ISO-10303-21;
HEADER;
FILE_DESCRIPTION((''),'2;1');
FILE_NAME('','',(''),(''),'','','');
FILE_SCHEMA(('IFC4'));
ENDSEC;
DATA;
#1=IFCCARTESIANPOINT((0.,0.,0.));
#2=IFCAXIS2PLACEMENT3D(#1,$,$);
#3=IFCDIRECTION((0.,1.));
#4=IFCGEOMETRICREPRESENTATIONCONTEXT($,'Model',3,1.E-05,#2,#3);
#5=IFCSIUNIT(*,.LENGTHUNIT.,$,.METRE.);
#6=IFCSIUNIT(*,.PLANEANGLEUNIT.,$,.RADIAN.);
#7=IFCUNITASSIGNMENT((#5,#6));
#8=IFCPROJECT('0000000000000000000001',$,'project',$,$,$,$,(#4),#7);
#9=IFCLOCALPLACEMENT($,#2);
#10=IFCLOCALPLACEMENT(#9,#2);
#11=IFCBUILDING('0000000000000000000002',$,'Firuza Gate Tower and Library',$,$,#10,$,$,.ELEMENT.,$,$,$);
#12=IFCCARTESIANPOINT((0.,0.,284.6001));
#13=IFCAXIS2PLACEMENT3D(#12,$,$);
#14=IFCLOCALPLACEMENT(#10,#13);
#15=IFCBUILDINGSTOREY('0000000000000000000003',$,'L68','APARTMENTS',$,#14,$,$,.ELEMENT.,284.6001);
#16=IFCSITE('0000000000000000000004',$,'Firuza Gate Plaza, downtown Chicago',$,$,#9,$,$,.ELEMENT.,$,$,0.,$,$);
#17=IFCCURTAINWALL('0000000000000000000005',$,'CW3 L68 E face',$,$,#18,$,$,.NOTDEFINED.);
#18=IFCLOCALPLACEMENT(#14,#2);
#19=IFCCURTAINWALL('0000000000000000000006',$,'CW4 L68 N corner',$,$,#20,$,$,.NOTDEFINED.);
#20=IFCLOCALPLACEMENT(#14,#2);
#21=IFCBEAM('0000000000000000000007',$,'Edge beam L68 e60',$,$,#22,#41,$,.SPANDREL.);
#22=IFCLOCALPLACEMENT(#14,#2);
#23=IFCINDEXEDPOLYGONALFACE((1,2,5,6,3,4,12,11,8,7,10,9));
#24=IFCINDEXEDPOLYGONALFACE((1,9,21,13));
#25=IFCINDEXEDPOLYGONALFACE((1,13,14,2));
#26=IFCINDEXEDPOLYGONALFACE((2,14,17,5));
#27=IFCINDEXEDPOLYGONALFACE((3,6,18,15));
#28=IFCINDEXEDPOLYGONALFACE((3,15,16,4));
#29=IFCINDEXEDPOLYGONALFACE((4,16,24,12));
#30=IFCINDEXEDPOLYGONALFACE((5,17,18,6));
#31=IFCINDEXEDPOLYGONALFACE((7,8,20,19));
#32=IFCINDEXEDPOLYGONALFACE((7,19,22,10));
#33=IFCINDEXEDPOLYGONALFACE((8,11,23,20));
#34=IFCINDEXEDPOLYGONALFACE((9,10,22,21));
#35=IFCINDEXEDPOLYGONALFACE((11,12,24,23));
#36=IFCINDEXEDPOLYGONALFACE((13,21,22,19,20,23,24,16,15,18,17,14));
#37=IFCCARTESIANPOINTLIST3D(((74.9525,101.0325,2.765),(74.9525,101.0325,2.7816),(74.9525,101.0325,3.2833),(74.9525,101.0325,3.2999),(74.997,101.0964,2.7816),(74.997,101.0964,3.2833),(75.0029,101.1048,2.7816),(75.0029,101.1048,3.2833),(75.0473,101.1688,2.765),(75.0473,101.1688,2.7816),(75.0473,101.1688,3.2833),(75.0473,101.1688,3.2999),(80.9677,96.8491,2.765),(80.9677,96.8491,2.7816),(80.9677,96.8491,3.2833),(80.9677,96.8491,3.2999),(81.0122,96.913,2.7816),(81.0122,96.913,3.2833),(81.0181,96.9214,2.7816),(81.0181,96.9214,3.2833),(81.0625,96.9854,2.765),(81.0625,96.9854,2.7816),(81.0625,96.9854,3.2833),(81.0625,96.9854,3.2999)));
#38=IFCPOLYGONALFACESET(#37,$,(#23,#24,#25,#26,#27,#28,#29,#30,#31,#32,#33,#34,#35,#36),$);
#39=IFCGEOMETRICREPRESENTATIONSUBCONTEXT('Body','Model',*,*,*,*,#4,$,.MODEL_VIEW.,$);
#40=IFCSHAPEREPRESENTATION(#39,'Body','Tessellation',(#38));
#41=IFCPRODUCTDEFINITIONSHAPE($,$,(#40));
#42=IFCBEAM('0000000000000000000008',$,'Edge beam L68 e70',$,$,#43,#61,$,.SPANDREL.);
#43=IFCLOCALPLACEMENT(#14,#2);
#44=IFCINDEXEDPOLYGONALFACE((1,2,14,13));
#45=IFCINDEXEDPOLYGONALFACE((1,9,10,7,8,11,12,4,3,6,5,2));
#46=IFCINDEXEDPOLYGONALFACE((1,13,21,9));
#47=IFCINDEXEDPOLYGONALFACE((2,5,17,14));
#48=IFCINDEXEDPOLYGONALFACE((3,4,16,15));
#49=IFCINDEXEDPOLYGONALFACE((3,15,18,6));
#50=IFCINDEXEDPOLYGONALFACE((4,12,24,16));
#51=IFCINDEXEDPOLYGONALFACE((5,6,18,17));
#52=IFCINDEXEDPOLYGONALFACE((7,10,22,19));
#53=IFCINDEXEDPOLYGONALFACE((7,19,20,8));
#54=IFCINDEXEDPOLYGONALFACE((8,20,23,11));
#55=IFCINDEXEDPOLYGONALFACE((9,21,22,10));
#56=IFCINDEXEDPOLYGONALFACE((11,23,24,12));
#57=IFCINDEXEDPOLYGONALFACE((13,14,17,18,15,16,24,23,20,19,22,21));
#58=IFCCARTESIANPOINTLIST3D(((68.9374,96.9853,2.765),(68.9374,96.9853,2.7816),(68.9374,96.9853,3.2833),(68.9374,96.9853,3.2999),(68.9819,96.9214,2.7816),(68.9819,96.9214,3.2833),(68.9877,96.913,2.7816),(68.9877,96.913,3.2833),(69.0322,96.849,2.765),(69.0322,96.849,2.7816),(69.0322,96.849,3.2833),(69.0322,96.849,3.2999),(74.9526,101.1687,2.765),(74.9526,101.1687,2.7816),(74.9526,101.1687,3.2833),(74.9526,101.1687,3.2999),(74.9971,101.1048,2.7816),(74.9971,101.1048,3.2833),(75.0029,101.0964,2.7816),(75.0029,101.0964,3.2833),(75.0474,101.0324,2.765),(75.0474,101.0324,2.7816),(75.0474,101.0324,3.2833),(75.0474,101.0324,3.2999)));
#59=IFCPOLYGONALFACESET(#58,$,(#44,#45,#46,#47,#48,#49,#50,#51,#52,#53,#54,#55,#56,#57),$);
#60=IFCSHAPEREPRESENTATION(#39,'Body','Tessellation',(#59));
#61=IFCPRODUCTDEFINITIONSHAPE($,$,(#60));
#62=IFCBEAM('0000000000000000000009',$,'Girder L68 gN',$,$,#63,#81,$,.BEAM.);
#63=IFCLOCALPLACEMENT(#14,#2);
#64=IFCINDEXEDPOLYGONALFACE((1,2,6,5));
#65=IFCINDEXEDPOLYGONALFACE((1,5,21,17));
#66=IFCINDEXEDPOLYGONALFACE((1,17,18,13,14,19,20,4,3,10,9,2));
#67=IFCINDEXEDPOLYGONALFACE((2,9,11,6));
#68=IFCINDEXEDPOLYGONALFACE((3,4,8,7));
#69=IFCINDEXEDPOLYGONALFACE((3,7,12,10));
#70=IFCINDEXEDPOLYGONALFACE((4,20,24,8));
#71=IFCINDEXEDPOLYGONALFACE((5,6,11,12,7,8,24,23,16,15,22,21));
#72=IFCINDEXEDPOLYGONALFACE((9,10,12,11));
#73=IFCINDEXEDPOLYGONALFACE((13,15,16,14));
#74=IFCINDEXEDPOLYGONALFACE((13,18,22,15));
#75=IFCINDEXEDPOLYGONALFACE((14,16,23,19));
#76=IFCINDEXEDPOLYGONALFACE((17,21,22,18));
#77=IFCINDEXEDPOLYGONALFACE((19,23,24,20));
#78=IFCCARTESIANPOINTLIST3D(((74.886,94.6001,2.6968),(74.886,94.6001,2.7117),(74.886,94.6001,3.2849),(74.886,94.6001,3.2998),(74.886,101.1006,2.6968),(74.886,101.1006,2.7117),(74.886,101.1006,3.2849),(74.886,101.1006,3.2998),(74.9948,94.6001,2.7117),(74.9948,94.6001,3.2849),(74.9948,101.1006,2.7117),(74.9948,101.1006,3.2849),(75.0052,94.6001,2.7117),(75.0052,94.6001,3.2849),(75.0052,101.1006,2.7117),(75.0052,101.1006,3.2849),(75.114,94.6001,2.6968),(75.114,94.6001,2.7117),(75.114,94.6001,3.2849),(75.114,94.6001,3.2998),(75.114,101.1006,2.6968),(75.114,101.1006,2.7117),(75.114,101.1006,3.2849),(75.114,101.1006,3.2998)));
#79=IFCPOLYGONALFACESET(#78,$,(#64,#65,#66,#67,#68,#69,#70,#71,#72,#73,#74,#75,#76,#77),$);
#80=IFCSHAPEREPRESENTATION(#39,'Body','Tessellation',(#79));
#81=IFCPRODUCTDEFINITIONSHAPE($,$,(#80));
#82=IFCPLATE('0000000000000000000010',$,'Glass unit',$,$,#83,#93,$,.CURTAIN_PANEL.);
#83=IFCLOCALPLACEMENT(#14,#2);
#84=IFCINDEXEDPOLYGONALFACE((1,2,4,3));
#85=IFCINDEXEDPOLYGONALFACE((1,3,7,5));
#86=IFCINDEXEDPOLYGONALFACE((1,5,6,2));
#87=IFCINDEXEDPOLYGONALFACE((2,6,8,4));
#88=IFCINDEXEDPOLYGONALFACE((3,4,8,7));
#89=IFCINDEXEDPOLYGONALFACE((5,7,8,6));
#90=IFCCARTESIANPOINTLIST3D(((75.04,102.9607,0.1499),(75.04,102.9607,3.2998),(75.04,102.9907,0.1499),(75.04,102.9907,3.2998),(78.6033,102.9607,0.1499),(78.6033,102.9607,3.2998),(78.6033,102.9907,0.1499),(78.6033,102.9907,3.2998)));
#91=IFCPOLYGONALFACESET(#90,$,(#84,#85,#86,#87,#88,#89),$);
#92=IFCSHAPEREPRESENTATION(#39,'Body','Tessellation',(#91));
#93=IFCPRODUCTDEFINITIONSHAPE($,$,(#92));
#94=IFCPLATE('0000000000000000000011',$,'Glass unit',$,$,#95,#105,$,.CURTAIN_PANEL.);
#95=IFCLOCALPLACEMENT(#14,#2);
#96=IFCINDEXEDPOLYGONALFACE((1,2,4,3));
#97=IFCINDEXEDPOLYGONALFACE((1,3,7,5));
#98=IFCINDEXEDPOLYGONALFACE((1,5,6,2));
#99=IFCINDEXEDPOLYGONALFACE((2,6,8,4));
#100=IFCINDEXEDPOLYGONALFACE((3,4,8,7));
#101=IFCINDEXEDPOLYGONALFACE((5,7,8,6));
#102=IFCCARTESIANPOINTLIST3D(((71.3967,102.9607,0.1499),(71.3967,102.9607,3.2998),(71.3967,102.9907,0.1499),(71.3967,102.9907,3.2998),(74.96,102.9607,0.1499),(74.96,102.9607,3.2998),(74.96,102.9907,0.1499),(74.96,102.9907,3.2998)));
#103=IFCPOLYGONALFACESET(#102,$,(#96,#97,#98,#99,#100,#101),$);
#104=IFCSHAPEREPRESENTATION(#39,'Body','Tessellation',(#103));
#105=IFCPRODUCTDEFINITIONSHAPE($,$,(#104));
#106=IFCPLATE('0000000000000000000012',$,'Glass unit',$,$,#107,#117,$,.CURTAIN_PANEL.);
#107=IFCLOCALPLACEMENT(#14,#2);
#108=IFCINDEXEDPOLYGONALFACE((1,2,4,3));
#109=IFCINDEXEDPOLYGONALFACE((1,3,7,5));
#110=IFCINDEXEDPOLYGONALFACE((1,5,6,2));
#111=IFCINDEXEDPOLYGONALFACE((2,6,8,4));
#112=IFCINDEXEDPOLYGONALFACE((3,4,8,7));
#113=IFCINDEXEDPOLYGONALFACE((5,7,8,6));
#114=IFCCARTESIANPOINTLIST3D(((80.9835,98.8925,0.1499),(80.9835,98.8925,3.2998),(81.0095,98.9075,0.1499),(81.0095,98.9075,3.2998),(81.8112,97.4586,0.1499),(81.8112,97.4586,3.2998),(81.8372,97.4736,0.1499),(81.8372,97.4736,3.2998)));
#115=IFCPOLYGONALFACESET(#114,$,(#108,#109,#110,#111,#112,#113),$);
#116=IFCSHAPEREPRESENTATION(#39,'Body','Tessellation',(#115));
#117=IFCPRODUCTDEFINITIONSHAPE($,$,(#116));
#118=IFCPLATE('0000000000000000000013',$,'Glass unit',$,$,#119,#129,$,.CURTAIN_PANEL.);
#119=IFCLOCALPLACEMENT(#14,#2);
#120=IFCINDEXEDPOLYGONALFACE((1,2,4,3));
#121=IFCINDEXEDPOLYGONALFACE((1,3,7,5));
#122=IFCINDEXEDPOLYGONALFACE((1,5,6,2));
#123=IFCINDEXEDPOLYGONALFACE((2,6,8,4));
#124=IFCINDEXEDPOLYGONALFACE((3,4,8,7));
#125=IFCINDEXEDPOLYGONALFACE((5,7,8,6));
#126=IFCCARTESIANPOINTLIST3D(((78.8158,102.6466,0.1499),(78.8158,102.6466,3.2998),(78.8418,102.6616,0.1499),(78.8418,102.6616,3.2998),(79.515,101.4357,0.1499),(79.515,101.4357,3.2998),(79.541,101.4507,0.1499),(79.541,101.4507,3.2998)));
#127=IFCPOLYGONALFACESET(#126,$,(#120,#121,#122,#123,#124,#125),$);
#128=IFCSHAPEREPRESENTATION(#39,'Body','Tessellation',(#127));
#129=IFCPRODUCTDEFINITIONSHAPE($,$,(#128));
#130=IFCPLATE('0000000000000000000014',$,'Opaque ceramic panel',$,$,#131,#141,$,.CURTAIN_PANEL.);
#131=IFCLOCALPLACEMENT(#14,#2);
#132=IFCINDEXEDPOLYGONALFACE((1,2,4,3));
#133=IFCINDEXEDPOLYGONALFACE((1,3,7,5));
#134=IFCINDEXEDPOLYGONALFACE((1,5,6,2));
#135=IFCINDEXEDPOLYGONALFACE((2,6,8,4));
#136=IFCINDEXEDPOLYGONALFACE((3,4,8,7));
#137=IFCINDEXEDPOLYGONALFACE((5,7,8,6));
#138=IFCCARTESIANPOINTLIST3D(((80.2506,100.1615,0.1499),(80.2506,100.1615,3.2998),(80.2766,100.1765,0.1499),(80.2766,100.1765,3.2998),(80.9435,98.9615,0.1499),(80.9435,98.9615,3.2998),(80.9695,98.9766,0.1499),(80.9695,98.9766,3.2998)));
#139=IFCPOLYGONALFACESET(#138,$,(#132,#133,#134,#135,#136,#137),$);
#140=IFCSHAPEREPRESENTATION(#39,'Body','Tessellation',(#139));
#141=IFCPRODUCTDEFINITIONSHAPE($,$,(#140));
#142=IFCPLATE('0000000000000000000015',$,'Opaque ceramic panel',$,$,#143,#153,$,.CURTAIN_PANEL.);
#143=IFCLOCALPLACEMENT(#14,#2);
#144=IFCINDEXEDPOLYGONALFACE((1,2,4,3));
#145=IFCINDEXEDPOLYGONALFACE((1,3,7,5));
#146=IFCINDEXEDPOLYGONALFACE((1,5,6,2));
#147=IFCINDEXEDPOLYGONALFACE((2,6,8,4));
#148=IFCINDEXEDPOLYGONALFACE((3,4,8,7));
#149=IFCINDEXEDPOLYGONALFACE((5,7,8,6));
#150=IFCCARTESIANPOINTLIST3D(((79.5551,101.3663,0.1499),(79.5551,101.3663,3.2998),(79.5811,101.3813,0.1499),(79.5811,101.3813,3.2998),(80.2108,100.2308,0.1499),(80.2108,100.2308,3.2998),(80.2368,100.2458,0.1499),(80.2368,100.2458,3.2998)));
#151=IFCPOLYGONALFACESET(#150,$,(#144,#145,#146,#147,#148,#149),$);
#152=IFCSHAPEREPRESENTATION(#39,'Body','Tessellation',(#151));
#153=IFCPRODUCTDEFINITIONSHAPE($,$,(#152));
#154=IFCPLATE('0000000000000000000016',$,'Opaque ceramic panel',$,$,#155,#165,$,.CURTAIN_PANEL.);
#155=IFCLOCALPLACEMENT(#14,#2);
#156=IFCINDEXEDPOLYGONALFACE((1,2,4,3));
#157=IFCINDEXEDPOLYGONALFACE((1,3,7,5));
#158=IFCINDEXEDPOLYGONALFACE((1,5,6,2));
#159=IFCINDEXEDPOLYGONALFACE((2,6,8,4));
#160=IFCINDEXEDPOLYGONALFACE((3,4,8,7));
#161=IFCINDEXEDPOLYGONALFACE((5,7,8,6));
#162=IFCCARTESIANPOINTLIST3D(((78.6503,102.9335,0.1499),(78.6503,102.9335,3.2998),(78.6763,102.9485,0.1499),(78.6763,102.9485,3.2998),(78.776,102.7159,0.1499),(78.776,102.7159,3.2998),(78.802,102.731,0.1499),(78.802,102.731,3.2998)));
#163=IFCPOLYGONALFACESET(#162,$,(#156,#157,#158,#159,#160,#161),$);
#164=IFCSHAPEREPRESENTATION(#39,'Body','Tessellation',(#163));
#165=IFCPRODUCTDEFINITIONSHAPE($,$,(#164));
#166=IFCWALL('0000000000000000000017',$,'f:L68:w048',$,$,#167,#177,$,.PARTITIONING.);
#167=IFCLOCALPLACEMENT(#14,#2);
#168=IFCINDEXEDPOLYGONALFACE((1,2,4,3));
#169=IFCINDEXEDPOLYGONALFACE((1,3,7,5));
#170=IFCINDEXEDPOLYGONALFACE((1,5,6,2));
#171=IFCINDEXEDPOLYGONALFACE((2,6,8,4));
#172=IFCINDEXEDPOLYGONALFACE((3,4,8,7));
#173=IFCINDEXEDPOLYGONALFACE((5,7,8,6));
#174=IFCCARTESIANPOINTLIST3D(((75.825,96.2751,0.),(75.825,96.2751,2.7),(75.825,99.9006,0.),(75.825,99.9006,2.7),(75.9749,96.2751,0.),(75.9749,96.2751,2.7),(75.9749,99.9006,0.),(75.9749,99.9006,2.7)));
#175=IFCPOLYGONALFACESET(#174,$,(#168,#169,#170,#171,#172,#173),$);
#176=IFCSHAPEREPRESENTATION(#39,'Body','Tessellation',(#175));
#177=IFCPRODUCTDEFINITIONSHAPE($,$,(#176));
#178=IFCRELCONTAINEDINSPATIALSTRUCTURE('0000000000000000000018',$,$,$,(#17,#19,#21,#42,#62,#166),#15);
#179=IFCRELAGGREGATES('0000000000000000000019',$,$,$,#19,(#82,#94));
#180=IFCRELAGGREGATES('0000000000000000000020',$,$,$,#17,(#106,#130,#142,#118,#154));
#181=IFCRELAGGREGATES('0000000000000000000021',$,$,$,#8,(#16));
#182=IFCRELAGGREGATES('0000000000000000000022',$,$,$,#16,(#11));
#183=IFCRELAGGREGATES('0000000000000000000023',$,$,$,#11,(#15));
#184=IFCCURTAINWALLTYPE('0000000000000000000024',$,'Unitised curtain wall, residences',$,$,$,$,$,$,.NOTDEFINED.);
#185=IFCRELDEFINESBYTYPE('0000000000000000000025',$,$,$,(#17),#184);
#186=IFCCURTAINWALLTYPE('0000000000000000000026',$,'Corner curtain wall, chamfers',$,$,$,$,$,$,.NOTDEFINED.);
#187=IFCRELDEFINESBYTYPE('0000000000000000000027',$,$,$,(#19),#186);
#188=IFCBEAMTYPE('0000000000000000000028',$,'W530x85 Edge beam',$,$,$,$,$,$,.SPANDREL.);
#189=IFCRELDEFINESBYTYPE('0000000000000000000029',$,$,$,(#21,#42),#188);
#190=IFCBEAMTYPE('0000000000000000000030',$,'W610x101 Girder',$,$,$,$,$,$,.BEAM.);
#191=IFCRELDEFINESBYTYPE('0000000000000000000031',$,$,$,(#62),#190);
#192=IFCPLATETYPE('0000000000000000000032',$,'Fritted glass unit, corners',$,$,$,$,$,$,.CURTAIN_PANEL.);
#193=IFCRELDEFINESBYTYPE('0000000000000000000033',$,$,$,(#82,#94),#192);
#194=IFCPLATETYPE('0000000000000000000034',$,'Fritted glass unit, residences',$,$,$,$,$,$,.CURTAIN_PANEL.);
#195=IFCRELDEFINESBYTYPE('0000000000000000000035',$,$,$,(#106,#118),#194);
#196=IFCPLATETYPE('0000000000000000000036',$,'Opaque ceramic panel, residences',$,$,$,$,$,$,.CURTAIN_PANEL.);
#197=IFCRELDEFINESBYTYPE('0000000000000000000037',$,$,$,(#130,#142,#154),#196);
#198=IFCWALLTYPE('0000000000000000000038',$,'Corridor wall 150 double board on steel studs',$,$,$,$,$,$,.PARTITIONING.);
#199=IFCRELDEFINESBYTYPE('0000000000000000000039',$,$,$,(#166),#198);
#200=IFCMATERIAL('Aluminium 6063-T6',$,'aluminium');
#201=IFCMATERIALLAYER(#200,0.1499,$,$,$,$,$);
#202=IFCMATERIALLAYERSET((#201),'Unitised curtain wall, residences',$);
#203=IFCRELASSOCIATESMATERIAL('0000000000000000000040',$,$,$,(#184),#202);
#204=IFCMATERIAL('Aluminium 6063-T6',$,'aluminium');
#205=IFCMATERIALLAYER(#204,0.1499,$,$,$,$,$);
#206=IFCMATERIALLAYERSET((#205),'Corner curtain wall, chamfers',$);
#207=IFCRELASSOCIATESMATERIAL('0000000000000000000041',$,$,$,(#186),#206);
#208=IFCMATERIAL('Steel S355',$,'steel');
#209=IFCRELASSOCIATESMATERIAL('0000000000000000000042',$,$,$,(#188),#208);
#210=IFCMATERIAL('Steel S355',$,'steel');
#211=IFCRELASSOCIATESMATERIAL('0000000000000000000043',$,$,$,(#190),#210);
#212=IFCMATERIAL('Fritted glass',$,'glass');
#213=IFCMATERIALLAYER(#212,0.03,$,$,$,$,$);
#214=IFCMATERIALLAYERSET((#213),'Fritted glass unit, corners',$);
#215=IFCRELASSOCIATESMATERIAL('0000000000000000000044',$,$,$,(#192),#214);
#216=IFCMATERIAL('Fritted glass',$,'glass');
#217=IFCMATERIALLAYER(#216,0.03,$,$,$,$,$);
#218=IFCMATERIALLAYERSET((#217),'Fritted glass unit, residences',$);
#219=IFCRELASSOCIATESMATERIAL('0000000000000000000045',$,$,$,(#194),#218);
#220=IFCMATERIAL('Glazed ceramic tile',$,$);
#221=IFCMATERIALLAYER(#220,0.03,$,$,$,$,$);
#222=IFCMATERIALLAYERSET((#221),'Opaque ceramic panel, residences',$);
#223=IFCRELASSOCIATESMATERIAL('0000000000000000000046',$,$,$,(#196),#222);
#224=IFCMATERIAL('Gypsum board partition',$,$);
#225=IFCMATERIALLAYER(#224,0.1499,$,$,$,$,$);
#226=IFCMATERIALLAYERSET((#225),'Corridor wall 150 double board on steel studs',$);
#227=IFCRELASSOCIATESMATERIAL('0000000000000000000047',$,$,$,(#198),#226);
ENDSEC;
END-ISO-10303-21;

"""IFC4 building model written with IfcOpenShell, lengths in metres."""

from ifc_helpers import new_model, si_unit, direction, frame, frame_2d, origin, origin_2d, place, context, subcontext, project, spatial, polyline, rectangle, i_section, outline, extrude, material, layer, layer_set, material_profile, profile_set, type_object, element, aggregate, save


model = new_model("IFC4")

# Units and contexts
model_context = context("Model", 3, precision=1e-05, world=origin(), true_north=direction((0.0, 1.0)))
body_context = subcontext(model_context, "Body", "Model", "MODEL_VIEW")
ifc_project = project(units=[si_unit("LENGTHUNIT", "METRE"), si_unit("PLANEANGLEUNIT", "RADIAN")], contexts=[model_context])

# Site, building, storey
site_placement = place(None, origin())
site = spatial("IfcSite", under=ifc_project, at=site_placement, Name="Firuza Gate Plaza, downtown Chicago", CompositionType="ELEMENT", RefElevation=0.0)
building_placement = place(site_placement, origin())
building = spatial("IfcBuilding", under=site, at=building_placement, Name="Firuza Gate Tower and Library", CompositionType="ELEMENT")
storey_placement = place(building_placement, frame((0.0, 0.0, 284.6001)))
storey = spatial("IfcBuildingStorey", under=building, at=storey_placement, Name="L68", Description="APARTMENTS", CompositionType="ELEMENT", Elevation=284.6001)

# Curtain walls
ifc_material_1 = material(Name="Aluminium 6063-T6", Category="aluminium")
ifc_layer_1 = layer(ifc_material_1, 0.1499)
ifc_layer_set_1 = layer_set([ifc_layer_1], Name="Unitised curtain wall, residences")
curtain_wall_type_1 = type_object("IfcCurtainWallType", Name="Unitised curtain wall, residences", PredefinedType="NOTDEFINED", material=ifc_layer_set_1)
placement = place(storey_placement, origin())
curtain_wall_1 = element("IfcCurtainWall", 1, at=placement, inside=storey, type_object=curtain_wall_type_1, Name="CW3 L68 E face", PredefinedType="NOTDEFINED")
ifc_material_2 = material(Name="Aluminium 6063-T6", Category="aluminium")
ifc_layer_2 = layer(ifc_material_2, 0.1499)
ifc_layer_set_2 = layer_set([ifc_layer_2], Name="Corner curtain wall, chamfers")
curtain_wall_type_2 = type_object("IfcCurtainWallType", Name="Corner curtain wall, chamfers", PredefinedType="NOTDEFINED", material=ifc_layer_set_2)
curtain_wall_2 = element("IfcCurtainWall", 2, at=placement, inside=storey, type_object=curtain_wall_type_2, Name="CW4 L68 N corner", PredefinedType="NOTDEFINED")

# Beams
ifc_material_3 = material(Name="Steel S355", Category="steel")
ifc_material_profile_1 = material_profile(ifc_material_3, i_section(OverallWidth=0.166, OverallDepth=0.5349, WebThickness=0.0103, FlangeThickness=0.0166, at=origin_2d()))
ifc_profile_set_1 = profile_set([ifc_material_profile_1], Name="Steel S355")
beam_type_1 = type_object("IfcBeamType", Name="W530x85 Edge beam", PredefinedType="SPANDREL", material=ifc_profile_set_1)
for number, where, z_axis, x_axis, name in (
    (3, (81.0151, 96.9172, 3.0325), (-0.820975, 0.570964, 0.0), (-0.570964, -0.820975, 0.0), "Edge beam L68 e60"),
    (4, (75.0, 101.1006, 3.0325), (-0.820975, -0.570964, 0.0), (0.570964, -0.820975, 0.0), "Edge beam L68 e70"),
):
    element("IfcBeam", number, at=place(storey_placement, frame(where, z_axis=z_axis, x_axis=x_axis)), inside=storey, type_object=beam_type_1, Name=name, PredefinedType="SPANDREL", context=body_context, shape_type="SweptSolid", body=[
        extrude(i_section(OverallWidth=0.166, OverallDepth=0.5349, WebThickness=0.0103, FlangeThickness=0.0166, at=origin_2d()), origin(), (0.0, 0.0, 1.0), 7.3269),
    ])
ifc_material_4 = material(Name="Steel S355", Category="steel")
ifc_material_profile_2 = material_profile(ifc_material_4, i_section(OverallWidth=0.228, OverallDepth=0.603, WebThickness=0.0105, FlangeThickness=0.0149, at=origin_2d()))
ifc_profile_set_2 = profile_set([ifc_material_profile_2], Name="Steel S355")
beam_type_2 = type_object("IfcBeamType", Name="W610x101 Girder", PredefinedType="BEAM", material=ifc_profile_set_2)
beam_1_placement = place(storey_placement, frame((75.0, 101.1006, 2.9983), z_axis=(0.0, -1.0, 0.0), x_axis=(1.0, 0.0, 0.0)))
element("IfcBeam", 5, at=beam_1_placement, inside=storey, type_object=beam_type_2, Name="Girder L68 gN", PredefinedType="BEAM", context=body_context, shape_type="SweptSolid", body=[
    extrude(i_section(OverallWidth=0.228, OverallDepth=0.603, WebThickness=0.0105, FlangeThickness=0.0149, at=origin_2d()), origin(), (0.0, 0.0, 1.0), 6.5005),
])

# Plates
ifc_material_5 = material(Name="Fritted glass", Category="glass")
ifc_layer_3 = layer(ifc_material_5, 0.03)
ifc_layer_set_3 = layer_set([ifc_layer_3], Name="Fritted glass unit, corners")
plate_type_1 = type_object("IfcPlateType", Name="Fritted glass unit, corners", PredefinedType="CURTAIN_PANEL", material=ifc_layer_set_3)
plate_1_placement = place(storey_placement, frame((78.6033, 102.9907, 0.1499), z_axis=(0.0, 1.0, 0.0), x_axis=(-1.0, 0.0, 0.0)))
plate_1 = element("IfcPlate", 6, at=plate_1_placement, type_object=plate_type_1, Name="Glass unit", PredefinedType="CURTAIN_PANEL", context=body_context, shape_type="SweptSolid", body=[
    extrude(outline(polyline([(0.0, 0.0), (3.5632, 0.0), (3.5632, 3.1499), (0.0, 3.1499), (0.0, 0.0)])), origin(), (0.0, 0.0, -1.0), 0.03),
])
plate_2_placement = place(storey_placement, frame((74.96, 102.9907, 0.1499), z_axis=(0.0, 1.0, 0.0), x_axis=(-1.0, 0.0, 0.0)))
plate_2 = element("IfcPlate", 7, at=plate_2_placement, type_object=plate_type_1, Name="Glass unit", PredefinedType="CURTAIN_PANEL", context=body_context, shape_type="SweptSolid", body=[
    extrude(outline(polyline([(0.0, 0.0), (3.5632, 0.0), (3.5632, 3.1499), (0.0, 3.1499), (0.0, 0.0)])), origin(), (0.0, 0.0, -1.0), 0.03),
])
aggregate(curtain_wall_2, [plate_1, plate_2])
ifc_material_6 = material(Name="Fritted glass", Category="glass")
ifc_layer_4 = layer(ifc_material_6, 0.03)
ifc_layer_set_4 = layer_set([ifc_layer_4], Name="Fritted glass unit, residences")
plate_type_2 = type_object("IfcPlateType", Name="Fritted glass unit, residences", PredefinedType="CURTAIN_PANEL", material=ifc_layer_set_4)
plate_3_placement = place(storey_placement, frame((81.8372, 97.4736, 0.1499), z_axis=(0.866075, 0.499914, 0.0), x_axis=(-0.499914, 0.866075, 0.0)))
plate_3 = element("IfcPlate", 8, at=plate_3_placement, type_object=plate_type_2, Name="Glass unit", PredefinedType="CURTAIN_PANEL", context=body_context, shape_type="SweptSolid", body=[
    extrude(outline(polyline([(0.0, 0.0), (1.6556, 0.0), (1.6556, 3.1499), (0.0, 3.1499), (0.0, 0.0)])), origin(), (0.0, 0.0, -1.0), 0.03),
])
plate_4_placement = place(storey_placement, frame((79.541, 101.4507, 0.1499), z_axis=(0.865999, 0.500045, 0.0), x_axis=(-0.500045, 0.865999, 0.0)))
plate_4 = element("IfcPlate", 9, at=plate_4_placement, type_object=plate_type_2, Name="Glass unit", PredefinedType="CURTAIN_PANEL", context=body_context, shape_type="SweptSolid", body=[
    extrude(outline(polyline([(0.0, 0.0), (1.3983, 0.0), (1.3983, 3.1499), (0.0, 3.1499), (0.0, 0.0)])), origin(), (0.0, 0.0, -1.0), 0.03),
])
ifc_material_7 = material(Name="Glazed ceramic tile")
ifc_layer_5 = layer(ifc_material_7, 0.03)
ifc_layer_set_5 = layer_set([ifc_layer_5], Name="Opaque ceramic panel, residences")
plate_type_3 = type_object("IfcPlateType", Name="Opaque ceramic panel, residences", PredefinedType="CURTAIN_PANEL", material=ifc_layer_set_5)
plate_5_placement = place(storey_placement, frame((80.9695, 98.9766, 0.1499), z_axis=(0.866001, 0.500043, 0.0), x_axis=(-0.500043, 0.866001, 0.0)))
plate_5 = element("IfcPlate", 10, at=plate_5_placement, type_object=plate_type_3, Name="Opaque ceramic panel", PredefinedType="CURTAIN_PANEL", context=body_context, shape_type="SweptSolid", body=[
    extrude(outline(polyline([(0.0, 0.0), (1.3856, 0.0), (1.3856, 3.1499), (0.0, 3.1499), (0.0, 0.0)])), origin(), (0.0, 0.0, -1.0), 0.03),
])
plate_6_placement = place(storey_placement, frame((80.2368, 100.2458, 0.1499), z_axis=(0.865965, 0.500104, 0.0), x_axis=(-0.500104, 0.865965, 0.0)))
plate_6 = element("IfcPlate", 11, at=plate_6_placement, type_object=plate_type_3, Name="Opaque ceramic panel", PredefinedType="CURTAIN_PANEL", context=body_context, shape_type="SweptSolid", body=[
    extrude(outline(polyline([(0.0, 0.0), (1.3113, 0.0), (1.3113, 3.1499), (0.0, 3.1499), (0.0, 0.0)])), origin(), (0.0, 0.0, -1.0), 0.03),
])
plate_7_placement = place(storey_placement, frame((78.802, 102.731, 0.1499), z_axis=(0.865781, 0.500423, 0.0), x_axis=(-0.500423, 0.865781, 0.0)))
plate_7 = element("IfcPlate", 12, at=plate_7_placement, type_object=plate_type_3, Name="Opaque ceramic panel", PredefinedType="CURTAIN_PANEL", context=body_context, shape_type="SweptSolid", body=[
    extrude(outline(polyline([(0.0, 0.0), (0.2513, 0.0), (0.2513, 3.1499), (0.0, 3.1499), (0.0, 0.0)])), origin(), (0.0, 0.0, -1.0), 0.03),
])
aggregate(curtain_wall_1, [plate_3, plate_5, plate_6, plate_4, plate_7])

# Wall
ifc_material_8 = material(Name="Gypsum board partition")
ifc_layer_6 = layer(ifc_material_8, 0.1499)
ifc_layer_set_6 = layer_set([ifc_layer_6], Name="Corridor wall 150 double board on steel studs")
wall_type_1 = type_object("IfcWallType", Name="Corridor wall 150 double board on steel studs", PredefinedType="PARTITIONING", material=ifc_layer_set_6)
wall_1_placement = place(storey_placement, frame((75.8999, 96.2751, 0.0), z_axis=(0.0, 0.0, 1.0), x_axis=(0.0, 1.0, 0.0)))
element("IfcWall", 13, at=wall_1_placement, inside=storey, type_object=wall_type_1, Name="f:L68:w048", PredefinedType="PARTITIONING", context=body_context, shape_type="SweptSolid", body=[
    extrude(rectangle(XDim=3.6255, YDim=0.1499, at=frame_2d((1.8127, 0.0))), origin(), (0.0, 0.0, 1.0), 2.7),
])

save(model, "model.ifc")
